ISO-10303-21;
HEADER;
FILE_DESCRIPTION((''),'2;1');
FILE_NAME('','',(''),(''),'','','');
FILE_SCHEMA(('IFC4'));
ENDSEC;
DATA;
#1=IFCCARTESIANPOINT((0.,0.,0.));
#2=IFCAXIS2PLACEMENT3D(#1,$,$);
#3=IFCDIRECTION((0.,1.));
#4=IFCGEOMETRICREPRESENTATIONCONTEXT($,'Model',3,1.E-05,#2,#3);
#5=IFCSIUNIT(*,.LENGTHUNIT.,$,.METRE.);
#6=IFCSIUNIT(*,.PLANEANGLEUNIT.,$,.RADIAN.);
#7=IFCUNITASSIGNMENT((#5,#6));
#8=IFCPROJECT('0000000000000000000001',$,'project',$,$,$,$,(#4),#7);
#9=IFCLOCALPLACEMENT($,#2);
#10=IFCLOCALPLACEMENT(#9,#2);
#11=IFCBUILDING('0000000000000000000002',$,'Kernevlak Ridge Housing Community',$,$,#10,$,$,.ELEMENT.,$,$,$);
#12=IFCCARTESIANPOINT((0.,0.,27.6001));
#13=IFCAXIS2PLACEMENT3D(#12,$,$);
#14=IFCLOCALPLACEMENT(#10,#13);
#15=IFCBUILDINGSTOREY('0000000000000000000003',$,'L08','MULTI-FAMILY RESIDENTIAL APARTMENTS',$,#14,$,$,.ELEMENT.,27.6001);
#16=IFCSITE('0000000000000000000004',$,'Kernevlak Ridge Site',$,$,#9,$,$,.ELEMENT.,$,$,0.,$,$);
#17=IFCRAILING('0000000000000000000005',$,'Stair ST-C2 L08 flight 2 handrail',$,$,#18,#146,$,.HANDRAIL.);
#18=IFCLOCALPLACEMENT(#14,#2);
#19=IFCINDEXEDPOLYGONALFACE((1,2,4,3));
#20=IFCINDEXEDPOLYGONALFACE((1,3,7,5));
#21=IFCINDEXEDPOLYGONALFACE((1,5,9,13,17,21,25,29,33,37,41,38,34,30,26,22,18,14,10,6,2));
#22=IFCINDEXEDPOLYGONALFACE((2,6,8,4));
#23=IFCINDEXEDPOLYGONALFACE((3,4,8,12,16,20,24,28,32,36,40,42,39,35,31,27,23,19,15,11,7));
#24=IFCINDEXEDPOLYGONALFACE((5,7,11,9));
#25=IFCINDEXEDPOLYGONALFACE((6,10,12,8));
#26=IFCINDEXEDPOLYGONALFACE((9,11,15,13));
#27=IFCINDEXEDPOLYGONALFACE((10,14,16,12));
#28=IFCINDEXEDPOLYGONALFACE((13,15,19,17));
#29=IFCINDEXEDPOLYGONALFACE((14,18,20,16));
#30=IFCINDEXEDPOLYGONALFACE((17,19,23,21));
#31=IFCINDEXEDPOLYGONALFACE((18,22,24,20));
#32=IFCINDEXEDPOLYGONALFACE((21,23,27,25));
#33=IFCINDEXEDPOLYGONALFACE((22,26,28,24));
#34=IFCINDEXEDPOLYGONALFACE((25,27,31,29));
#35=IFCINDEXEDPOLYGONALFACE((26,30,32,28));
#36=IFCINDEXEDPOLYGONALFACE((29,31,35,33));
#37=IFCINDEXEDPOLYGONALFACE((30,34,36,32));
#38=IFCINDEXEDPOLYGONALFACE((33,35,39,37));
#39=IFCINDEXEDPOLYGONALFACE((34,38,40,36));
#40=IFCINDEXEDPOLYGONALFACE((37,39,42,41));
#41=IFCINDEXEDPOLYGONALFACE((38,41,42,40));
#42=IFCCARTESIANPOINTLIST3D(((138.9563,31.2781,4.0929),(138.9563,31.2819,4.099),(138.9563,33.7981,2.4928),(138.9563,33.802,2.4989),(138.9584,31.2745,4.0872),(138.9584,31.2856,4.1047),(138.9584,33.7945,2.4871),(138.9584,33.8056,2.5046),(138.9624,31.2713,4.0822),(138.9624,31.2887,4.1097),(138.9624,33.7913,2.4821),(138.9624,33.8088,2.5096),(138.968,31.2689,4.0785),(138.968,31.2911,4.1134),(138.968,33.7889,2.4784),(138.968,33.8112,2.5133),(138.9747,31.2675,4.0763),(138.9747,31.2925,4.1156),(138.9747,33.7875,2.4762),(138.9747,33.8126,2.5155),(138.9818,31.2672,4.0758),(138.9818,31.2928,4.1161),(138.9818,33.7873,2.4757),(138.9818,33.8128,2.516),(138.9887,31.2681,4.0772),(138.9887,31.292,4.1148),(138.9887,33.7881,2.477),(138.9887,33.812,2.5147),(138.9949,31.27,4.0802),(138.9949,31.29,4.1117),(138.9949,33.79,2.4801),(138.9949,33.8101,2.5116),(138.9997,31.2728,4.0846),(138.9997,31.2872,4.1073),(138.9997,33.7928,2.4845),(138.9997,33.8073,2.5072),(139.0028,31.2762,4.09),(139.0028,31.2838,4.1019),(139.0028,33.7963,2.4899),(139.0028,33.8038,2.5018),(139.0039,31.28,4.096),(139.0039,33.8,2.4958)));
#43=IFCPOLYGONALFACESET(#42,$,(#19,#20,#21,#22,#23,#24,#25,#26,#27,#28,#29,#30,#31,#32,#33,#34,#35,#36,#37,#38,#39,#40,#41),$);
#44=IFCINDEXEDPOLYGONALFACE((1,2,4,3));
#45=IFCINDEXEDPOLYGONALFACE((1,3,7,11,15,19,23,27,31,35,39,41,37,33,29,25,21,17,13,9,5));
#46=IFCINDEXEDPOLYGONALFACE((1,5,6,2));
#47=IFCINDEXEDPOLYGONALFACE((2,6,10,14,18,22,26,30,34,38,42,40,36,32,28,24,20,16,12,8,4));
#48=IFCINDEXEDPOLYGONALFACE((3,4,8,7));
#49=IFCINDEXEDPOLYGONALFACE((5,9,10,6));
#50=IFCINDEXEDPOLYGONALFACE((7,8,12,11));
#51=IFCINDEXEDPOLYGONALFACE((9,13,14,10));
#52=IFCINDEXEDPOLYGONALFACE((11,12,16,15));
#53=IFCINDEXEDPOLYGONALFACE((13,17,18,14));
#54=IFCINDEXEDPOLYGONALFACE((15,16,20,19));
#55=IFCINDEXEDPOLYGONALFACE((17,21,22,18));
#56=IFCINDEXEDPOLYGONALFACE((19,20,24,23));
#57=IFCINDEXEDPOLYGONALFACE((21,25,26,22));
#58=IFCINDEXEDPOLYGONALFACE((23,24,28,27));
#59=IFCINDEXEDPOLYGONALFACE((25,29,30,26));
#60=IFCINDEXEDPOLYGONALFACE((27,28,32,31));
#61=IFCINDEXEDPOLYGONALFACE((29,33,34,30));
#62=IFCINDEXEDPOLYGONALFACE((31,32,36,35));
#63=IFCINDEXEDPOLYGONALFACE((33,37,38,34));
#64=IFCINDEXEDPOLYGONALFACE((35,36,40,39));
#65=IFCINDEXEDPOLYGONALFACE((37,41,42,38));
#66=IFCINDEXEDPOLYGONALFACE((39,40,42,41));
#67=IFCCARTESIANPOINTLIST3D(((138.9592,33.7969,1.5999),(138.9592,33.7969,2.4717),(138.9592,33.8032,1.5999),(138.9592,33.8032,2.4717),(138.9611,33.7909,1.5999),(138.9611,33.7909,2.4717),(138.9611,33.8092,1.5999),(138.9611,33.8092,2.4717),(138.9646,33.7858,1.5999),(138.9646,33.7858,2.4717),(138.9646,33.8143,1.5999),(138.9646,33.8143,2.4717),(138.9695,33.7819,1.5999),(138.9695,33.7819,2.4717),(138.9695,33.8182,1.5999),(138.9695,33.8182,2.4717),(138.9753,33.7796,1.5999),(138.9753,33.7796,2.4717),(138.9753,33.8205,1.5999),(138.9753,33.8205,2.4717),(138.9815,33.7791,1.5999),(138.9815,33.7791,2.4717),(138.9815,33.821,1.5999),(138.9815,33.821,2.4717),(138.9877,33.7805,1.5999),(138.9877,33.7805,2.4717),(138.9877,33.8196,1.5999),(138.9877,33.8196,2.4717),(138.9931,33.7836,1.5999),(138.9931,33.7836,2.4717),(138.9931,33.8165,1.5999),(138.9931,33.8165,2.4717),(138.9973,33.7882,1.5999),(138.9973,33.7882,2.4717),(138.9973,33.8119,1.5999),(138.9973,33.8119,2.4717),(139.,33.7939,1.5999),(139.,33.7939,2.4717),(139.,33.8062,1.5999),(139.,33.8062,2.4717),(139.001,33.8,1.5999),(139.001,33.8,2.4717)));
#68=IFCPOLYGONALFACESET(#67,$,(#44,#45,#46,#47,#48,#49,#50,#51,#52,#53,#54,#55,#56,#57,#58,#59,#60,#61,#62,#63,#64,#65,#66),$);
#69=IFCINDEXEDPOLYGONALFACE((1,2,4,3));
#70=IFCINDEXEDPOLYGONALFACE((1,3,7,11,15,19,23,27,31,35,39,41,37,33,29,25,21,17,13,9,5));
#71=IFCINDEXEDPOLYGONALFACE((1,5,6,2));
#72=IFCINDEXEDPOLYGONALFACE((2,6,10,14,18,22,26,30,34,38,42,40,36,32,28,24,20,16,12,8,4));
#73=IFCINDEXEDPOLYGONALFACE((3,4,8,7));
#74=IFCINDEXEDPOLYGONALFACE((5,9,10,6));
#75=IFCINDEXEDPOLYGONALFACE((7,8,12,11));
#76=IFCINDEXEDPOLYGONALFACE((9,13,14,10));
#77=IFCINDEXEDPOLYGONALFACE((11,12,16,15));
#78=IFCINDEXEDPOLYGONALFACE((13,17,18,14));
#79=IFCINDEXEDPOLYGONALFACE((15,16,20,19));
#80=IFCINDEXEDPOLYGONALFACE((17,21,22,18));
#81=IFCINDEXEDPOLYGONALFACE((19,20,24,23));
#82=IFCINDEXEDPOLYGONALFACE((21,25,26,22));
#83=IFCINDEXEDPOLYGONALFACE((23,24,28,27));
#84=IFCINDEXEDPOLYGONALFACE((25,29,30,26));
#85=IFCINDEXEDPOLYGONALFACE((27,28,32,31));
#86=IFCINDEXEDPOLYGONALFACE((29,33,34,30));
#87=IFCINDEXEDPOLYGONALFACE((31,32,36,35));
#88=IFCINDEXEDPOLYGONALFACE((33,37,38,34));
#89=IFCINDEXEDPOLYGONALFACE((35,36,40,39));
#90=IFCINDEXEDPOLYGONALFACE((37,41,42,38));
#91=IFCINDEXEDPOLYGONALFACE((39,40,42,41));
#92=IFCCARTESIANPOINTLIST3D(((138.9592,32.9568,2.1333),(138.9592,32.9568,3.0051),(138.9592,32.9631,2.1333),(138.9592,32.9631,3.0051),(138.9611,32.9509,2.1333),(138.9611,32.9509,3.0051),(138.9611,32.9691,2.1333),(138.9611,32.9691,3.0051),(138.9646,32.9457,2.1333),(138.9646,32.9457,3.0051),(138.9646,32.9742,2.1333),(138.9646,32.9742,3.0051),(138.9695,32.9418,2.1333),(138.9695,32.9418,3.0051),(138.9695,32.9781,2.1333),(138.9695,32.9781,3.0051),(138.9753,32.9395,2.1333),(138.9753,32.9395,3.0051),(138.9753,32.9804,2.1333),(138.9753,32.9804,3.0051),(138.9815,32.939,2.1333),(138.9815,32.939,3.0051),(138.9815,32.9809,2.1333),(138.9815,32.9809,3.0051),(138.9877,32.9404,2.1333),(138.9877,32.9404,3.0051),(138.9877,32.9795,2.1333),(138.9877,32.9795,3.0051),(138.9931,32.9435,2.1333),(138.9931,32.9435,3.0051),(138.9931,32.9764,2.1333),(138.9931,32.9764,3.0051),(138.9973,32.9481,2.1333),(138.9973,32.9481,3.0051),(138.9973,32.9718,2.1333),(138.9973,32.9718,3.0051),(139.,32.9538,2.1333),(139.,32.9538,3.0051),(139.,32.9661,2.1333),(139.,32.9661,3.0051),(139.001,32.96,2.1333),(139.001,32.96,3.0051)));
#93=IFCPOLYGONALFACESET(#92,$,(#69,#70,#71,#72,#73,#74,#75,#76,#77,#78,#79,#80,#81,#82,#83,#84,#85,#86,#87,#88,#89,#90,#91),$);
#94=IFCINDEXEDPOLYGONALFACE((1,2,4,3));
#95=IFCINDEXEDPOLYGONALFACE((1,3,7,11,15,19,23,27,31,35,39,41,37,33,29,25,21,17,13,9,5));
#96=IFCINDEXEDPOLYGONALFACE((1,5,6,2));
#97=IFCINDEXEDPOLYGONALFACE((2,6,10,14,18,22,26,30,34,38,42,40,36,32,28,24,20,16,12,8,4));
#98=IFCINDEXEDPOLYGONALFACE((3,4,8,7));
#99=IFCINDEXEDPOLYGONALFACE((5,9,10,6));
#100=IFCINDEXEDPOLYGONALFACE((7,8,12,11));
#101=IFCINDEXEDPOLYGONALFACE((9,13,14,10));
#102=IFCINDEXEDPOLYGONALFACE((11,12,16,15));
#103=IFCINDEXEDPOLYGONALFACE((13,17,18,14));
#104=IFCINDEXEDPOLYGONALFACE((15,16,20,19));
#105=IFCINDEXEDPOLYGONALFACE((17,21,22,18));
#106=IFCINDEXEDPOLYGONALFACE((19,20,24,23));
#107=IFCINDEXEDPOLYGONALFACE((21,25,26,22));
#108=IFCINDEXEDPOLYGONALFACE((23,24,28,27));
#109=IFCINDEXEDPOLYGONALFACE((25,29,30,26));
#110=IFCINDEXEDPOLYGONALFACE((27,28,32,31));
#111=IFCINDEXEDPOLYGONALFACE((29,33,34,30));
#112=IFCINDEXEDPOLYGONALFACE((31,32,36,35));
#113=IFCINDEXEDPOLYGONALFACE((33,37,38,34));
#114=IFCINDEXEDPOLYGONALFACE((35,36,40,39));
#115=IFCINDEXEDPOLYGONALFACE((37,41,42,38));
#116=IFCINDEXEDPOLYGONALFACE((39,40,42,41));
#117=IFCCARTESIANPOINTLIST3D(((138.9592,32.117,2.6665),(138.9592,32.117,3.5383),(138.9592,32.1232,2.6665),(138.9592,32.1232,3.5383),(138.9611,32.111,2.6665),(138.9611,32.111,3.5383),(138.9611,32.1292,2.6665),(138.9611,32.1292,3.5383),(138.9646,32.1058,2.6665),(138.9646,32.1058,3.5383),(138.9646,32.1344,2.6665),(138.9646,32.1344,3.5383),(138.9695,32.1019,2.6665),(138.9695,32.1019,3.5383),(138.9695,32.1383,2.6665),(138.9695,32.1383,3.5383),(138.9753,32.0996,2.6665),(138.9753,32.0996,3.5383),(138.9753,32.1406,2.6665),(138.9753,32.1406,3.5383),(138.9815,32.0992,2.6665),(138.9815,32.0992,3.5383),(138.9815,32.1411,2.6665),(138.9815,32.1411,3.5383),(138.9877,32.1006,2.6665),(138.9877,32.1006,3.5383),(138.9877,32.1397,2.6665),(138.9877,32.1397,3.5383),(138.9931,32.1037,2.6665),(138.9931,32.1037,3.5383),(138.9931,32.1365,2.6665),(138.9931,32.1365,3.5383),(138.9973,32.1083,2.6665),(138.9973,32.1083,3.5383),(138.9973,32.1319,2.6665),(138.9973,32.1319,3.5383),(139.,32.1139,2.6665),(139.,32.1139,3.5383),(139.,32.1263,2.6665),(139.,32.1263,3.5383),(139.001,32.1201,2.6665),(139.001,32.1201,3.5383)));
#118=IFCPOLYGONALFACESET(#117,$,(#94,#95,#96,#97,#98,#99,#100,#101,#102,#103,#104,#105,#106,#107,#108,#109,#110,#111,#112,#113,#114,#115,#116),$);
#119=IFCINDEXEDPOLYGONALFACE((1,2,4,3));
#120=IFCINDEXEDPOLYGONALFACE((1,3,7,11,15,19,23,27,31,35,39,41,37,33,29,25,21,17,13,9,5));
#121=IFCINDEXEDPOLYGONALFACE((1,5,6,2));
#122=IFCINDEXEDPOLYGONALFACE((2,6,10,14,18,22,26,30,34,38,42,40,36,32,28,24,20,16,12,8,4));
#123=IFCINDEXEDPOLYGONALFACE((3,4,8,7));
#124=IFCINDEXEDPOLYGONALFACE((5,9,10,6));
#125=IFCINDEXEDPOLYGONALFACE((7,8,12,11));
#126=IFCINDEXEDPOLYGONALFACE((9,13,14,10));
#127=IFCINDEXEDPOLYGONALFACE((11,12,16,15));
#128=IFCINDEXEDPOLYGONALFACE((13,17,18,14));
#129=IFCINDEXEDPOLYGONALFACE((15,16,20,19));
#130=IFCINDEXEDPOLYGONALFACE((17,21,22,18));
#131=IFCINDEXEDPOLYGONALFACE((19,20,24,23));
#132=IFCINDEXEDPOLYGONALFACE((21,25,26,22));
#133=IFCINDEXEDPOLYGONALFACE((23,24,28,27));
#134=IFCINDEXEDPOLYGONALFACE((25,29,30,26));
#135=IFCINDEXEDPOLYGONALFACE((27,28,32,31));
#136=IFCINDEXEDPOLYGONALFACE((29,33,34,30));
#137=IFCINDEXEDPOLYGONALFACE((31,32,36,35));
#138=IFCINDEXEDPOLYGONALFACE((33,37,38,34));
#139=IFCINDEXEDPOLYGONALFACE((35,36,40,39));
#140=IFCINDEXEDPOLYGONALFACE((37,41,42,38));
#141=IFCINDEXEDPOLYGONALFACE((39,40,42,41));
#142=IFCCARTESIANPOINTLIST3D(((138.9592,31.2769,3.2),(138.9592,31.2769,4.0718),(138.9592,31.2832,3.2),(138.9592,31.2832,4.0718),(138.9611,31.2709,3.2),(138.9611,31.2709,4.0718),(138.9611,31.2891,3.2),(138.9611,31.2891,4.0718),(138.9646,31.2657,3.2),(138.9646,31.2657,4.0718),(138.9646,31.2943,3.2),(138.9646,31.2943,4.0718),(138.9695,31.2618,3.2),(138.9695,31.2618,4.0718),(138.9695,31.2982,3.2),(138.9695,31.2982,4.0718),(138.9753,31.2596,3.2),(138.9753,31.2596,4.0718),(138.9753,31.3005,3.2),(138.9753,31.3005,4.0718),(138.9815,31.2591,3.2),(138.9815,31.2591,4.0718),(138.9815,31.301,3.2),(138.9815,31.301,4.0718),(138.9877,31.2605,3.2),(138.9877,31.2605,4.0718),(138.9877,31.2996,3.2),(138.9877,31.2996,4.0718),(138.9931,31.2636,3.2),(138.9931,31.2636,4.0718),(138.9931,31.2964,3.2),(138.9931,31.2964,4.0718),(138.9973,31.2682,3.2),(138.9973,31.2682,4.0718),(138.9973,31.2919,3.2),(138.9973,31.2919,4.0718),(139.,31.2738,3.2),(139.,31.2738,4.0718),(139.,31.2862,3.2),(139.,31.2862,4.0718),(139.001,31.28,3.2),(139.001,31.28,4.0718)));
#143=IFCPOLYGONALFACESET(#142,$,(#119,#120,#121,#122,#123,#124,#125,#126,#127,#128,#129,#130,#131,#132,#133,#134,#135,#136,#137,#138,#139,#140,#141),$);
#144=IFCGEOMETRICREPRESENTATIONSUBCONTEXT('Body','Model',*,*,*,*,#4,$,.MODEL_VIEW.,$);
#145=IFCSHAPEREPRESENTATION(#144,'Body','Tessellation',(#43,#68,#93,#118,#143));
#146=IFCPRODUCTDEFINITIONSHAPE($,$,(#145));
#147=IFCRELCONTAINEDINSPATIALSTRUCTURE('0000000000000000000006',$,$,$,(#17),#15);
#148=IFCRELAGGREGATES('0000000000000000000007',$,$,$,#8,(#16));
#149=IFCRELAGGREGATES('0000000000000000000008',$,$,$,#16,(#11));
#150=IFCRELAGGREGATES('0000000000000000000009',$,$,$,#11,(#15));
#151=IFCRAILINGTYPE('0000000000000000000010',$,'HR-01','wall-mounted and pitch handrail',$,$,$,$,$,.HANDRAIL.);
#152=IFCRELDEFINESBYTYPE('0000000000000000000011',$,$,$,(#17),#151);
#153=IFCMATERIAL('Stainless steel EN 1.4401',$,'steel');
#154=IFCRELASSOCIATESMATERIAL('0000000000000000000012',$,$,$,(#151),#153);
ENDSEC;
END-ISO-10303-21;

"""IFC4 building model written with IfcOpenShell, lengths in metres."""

from ifc_helpers import new_model, si_unit, direction, frame, origin, origin_2d, place, context, subcontext, project, spatial, circle, extrude, material, type_object, element, save


model = new_model("IFC4")

# Units and contexts
model_context = context("Model", 3, precision=1e-05, world=origin(), true_north=direction((0.0, 1.0)))
body_context = subcontext(model_context, "Body", "Model", "MODEL_VIEW")
ifc_project = project(units=[si_unit("LENGTHUNIT", "METRE"), si_unit("PLANEANGLEUNIT", "RADIAN")], contexts=[model_context])

# Site, building, storey
site_placement = place(None, origin())
site = spatial("IfcSite", under=ifc_project, at=site_placement, Name="Kernevlak Ridge Site", CompositionType="ELEMENT", RefElevation=0.0)
building_placement = place(site_placement, origin())
building = spatial("IfcBuilding", under=site, at=building_placement, Name="Kernevlak Ridge Housing Community", CompositionType="ELEMENT")
storey_placement = place(building_placement, frame((0.0, 0.0, 27.6001)))
storey = spatial("IfcBuildingStorey", under=building, at=storey_placement, Name="L08", Description="MULTI-FAMILY RESIDENTIAL APARTMENTS", CompositionType="ELEMENT", Elevation=27.6001)

# Railing
ifc_material_1 = material(Name="Stainless steel EN 1.4401", Category="steel")
railing_type_1 = type_object("IfcRailingType", Name="HR-01", Description="wall-mounted and pitch handrail", PredefinedType="HANDRAIL", material=ifc_material_1)
railing_1_placement = place(storey_placement, frame((138.98, 33.8, 1.5999)))
element("IfcRailing", 1, at=railing_1_placement, inside=storey, type_object=railing_type_1, Name="Stair ST-C2 L08 flight 2 handrail", PredefinedType="HANDRAIL", context=body_context, shape_type="SweptSolid", body=[
    extrude(circle(Radius=0.0239, at=origin_2d()), frame((0.0, 0.0, 0.896), z_axis=(0.0, -0.8442, 0.536028), x_axis=(1.0, 0.0, 0.0)), (0.0, 0.0, 1.0), 2.9851),
    extrude(circle(Radius=0.021, at=origin_2d()), origin(), (0.0, 0.0, 1.0), 0.8718),
    extrude(circle(Radius=0.021, at=origin_2d()), frame((0.0, -0.8401, 0.5334)), (0.0, 0.0, 1.0), 0.8718),
    extrude(circle(Radius=0.021, at=origin_2d()), frame((0.0, -1.6799, 1.0667)), (0.0, 0.0, 1.0), 0.8718),
    extrude(circle(Radius=0.021, at=origin_2d()), frame((0.0, -2.52, 1.6001)), (0.0, 0.0, 1.0), 0.8718),
])

save(model, "model.ifc")
